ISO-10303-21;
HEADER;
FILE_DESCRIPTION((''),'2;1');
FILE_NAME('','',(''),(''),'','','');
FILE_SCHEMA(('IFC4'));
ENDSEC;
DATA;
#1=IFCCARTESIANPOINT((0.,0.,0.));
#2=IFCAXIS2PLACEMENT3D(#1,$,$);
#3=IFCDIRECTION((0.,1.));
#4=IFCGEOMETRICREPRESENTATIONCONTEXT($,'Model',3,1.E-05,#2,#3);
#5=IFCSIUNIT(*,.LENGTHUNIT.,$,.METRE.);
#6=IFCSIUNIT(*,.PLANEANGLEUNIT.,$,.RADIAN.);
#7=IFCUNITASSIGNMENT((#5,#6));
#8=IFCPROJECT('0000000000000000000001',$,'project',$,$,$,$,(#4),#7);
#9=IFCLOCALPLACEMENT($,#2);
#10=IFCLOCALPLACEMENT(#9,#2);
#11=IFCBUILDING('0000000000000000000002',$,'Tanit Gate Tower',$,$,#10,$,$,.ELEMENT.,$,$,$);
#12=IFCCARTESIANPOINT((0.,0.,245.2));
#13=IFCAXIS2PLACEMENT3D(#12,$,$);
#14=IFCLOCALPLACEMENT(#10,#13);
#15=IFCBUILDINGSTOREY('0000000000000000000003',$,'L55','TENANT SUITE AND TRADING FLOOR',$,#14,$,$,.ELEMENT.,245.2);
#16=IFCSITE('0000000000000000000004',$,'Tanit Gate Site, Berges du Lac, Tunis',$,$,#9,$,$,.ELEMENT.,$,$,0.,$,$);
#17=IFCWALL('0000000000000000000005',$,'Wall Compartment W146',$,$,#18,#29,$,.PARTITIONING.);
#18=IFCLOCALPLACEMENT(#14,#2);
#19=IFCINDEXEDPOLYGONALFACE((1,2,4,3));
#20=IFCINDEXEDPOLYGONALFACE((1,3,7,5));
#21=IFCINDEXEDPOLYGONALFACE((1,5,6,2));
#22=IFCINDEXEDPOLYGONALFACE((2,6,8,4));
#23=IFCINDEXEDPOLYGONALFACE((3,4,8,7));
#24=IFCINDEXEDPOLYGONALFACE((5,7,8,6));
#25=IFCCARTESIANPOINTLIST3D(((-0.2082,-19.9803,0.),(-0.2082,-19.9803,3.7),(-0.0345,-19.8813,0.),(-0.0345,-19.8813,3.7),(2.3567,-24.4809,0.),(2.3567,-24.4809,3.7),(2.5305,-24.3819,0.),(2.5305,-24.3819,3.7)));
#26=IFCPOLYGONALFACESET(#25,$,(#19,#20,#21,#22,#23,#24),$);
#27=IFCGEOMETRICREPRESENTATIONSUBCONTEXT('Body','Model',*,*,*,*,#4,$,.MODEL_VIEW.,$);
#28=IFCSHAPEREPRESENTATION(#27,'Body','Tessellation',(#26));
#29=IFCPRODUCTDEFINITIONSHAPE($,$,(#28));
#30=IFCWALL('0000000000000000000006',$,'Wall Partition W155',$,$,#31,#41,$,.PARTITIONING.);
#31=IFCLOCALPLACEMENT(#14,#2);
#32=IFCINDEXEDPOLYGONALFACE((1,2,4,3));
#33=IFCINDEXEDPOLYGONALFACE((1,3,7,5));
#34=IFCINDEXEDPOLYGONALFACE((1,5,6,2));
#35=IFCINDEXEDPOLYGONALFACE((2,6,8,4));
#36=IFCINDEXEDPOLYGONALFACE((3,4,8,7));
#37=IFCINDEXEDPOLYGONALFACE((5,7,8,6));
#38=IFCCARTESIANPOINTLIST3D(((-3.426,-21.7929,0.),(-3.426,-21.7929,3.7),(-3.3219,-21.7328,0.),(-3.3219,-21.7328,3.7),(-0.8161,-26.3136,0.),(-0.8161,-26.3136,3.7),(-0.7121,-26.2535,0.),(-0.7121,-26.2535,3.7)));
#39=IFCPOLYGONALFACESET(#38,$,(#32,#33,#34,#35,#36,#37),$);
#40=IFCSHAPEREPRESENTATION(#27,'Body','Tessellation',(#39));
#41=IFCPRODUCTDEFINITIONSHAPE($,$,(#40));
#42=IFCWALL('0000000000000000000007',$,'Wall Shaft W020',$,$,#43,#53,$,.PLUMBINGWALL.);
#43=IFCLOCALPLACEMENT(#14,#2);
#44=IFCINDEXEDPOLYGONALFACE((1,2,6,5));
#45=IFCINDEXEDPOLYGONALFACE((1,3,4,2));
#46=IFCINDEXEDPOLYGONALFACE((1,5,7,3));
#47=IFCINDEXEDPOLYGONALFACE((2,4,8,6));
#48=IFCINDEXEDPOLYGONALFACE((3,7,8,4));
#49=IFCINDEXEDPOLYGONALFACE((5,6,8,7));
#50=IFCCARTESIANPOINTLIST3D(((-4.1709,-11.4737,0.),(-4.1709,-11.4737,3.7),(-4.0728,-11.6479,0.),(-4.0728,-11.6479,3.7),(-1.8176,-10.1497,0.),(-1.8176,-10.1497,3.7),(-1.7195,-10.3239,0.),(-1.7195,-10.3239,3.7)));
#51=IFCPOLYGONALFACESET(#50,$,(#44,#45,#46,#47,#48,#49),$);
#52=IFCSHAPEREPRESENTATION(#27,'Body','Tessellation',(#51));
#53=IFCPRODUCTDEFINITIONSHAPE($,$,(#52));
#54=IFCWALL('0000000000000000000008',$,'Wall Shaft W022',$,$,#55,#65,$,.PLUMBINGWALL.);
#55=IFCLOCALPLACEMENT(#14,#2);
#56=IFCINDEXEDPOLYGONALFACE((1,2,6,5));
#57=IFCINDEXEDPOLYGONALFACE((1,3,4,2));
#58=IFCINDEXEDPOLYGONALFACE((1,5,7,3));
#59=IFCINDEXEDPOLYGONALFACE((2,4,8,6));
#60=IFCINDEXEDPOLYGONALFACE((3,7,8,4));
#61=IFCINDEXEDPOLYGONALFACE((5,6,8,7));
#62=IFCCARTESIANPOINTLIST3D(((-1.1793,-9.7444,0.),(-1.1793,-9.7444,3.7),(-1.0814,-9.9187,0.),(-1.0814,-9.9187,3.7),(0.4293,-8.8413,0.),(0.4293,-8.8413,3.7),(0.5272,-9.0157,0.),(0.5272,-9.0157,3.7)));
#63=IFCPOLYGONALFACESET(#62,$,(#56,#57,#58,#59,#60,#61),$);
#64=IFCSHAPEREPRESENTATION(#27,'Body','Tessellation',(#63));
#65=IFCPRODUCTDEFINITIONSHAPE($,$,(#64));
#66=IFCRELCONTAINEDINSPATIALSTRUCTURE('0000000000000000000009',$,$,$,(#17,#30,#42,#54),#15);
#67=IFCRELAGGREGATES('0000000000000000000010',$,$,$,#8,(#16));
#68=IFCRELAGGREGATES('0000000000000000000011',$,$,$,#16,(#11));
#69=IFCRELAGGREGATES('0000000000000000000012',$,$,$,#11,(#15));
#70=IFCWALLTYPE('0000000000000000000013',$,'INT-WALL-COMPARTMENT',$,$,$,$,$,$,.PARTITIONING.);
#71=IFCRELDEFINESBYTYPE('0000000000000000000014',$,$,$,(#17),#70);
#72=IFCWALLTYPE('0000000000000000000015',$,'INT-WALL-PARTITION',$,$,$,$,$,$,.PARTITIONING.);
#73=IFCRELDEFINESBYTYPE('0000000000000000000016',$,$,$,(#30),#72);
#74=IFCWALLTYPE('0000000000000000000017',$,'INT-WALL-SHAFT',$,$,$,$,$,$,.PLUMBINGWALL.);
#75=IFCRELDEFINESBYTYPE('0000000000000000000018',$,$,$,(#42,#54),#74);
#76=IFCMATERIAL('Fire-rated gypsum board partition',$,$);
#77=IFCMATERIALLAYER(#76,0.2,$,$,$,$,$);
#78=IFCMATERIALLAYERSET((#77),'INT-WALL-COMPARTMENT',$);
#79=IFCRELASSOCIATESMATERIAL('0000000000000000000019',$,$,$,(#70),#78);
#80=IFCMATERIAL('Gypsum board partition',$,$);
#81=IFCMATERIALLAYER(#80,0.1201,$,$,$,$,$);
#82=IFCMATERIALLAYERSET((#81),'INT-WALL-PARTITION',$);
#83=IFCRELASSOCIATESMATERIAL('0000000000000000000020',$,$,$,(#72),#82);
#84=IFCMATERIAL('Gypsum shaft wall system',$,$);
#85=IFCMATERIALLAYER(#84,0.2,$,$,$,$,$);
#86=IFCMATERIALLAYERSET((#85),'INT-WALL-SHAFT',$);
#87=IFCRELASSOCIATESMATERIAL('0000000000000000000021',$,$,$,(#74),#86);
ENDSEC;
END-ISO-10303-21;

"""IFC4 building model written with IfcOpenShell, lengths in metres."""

from ifc_helpers import new_model, si_unit, direction, frame, frame_2d, origin, place, context, subcontext, project, spatial, rectangle, extrude, material, layer, layer_set, type_object, element, save


model = new_model("IFC4")

# Units and contexts
model_context = context("Model", 3, precision=1e-05, world=origin(), true_north=direction((0.0, 1.0)))
body_context = subcontext(model_context, "Body", "Model", "MODEL_VIEW")
ifc_project = project(units=[si_unit("LENGTHUNIT", "METRE"), si_unit("PLANEANGLEUNIT", "RADIAN")], contexts=[model_context])

# Site, building, storey
site_placement = place(None, origin())
site = spatial("IfcSite", under=ifc_project, at=site_placement, Name="Tanit Gate Site, Berges du Lac, Tunis", CompositionType="ELEMENT", RefElevation=0.0)
building_placement = place(site_placement, origin())
building = spatial("IfcBuilding", under=site, at=building_placement, Name="Tanit Gate Tower", CompositionType="ELEMENT")
storey_placement = place(building_placement, frame((0.0, 0.0, 245.2)))
storey = spatial("IfcBuildingStorey", under=building, at=storey_placement, Name="L55", Description="TENANT SUITE AND TRADING FLOOR", CompositionType="ELEMENT", Elevation=245.2)

# Shared definitions
ifc_material_1 = material(Name="Fire-rated gypsum board partition")
ifc_layer_1 = layer(ifc_material_1, 0.2)
ifc_layer_set_1 = layer_set([ifc_layer_1], Name="INT-WALL-COMPARTMENT")
wall_type_1 = type_object("IfcWallType", Name="INT-WALL-COMPARTMENT", PredefinedType="PARTITIONING", material=ifc_layer_set_1)

# Walls
wall_1_placement = place(storey_placement, frame((2.4436, -24.4314, 0.0), z_axis=(0.0, 0.0, 1.0), x_axis=(-0.495154, 0.868805, 0.0)))
element("IfcWall", 1, at=wall_1_placement, inside=storey, type_object=wall_type_1, Name="Wall Compartment W146", PredefinedType="PARTITIONING", context=body_context, shape_type="SweptSolid", body=[
    extrude(rectangle(XDim=5.1802, YDim=0.2, at=frame_2d((2.5901, 0.0))), origin(), (0.0, 0.0, 1.0), 3.7),
])
ifc_material_2 = material(Name="Gypsum board partition")
ifc_layer_2 = layer(ifc_material_2, 0.1201)
ifc_layer_set_2 = layer_set([ifc_layer_2], Name="INT-WALL-PARTITION")
wall_type_2 = type_object("IfcWallType", Name="INT-WALL-PARTITION", PredefinedType="PARTITIONING", material=ifc_layer_set_2)
wall_2_placement = place(storey_placement, frame((-0.7642, -26.2834, 0.0), z_axis=(0.0, 0.0, 1.0), x_axis=(-0.499972, 0.866042, 0.0)))
element("IfcWall", 2, at=wall_2_placement, inside=storey, type_object=wall_type_2, Name="Wall Partition W155", PredefinedType="PARTITIONING", context=body_context, shape_type="SweptSolid", body=[
    extrude(rectangle(XDim=5.22, YDim=0.1201, at=frame_2d((2.6099, 0.0))), origin(), (0.0, 0.0, 1.0), 3.7),
])
ifc_material_3 = material(Name="Gypsum shaft wall system")
ifc_layer_3 = layer(ifc_material_3, 0.2)
ifc_layer_set_3 = layer_set([ifc_layer_3], Name="INT-WALL-SHAFT")
wall_type_3 = type_object("IfcWallType", Name="INT-WALL-SHAFT", PredefinedType="PLUMBINGWALL", material=ifc_layer_set_3)
wall_3_placement = place(storey_placement, frame((-1.7686, -10.2368, 0.0), z_axis=(0.0, 0.0, 1.0), x_axis=(-0.871534, -0.490334, 0.0)))
element("IfcWall", 3, at=wall_3_placement, inside=storey, type_object=wall_type_3, Name="Wall Shaft W020", PredefinedType="PLUMBINGWALL", context=body_context, shape_type="SweptSolid", body=[
    extrude(rectangle(XDim=2.7002, YDim=0.2, at=frame_2d((1.3501, 0.0))), origin(), (0.0, 0.0, 1.0), 3.7),
])
wall_4_placement = place(storey_placement, frame((-1.1304, -9.8315, 0.0), z_axis=(0.0, 0.0, 1.0), x_axis=(0.871989, 0.489526, 0.0)))
element("IfcWall", 4, at=wall_4_placement, inside=storey, type_object=wall_type_3, Name="Wall Shaft W022", PredefinedType="PLUMBINGWALL", context=body_context, shape_type="SweptSolid", body=[
    extrude(rectangle(XDim=1.8447, YDim=0.2, at=frame_2d((0.9224, 0.0))), origin(), (0.0, 0.0, 1.0), 3.7),
])

save(model, "model.ifc")
